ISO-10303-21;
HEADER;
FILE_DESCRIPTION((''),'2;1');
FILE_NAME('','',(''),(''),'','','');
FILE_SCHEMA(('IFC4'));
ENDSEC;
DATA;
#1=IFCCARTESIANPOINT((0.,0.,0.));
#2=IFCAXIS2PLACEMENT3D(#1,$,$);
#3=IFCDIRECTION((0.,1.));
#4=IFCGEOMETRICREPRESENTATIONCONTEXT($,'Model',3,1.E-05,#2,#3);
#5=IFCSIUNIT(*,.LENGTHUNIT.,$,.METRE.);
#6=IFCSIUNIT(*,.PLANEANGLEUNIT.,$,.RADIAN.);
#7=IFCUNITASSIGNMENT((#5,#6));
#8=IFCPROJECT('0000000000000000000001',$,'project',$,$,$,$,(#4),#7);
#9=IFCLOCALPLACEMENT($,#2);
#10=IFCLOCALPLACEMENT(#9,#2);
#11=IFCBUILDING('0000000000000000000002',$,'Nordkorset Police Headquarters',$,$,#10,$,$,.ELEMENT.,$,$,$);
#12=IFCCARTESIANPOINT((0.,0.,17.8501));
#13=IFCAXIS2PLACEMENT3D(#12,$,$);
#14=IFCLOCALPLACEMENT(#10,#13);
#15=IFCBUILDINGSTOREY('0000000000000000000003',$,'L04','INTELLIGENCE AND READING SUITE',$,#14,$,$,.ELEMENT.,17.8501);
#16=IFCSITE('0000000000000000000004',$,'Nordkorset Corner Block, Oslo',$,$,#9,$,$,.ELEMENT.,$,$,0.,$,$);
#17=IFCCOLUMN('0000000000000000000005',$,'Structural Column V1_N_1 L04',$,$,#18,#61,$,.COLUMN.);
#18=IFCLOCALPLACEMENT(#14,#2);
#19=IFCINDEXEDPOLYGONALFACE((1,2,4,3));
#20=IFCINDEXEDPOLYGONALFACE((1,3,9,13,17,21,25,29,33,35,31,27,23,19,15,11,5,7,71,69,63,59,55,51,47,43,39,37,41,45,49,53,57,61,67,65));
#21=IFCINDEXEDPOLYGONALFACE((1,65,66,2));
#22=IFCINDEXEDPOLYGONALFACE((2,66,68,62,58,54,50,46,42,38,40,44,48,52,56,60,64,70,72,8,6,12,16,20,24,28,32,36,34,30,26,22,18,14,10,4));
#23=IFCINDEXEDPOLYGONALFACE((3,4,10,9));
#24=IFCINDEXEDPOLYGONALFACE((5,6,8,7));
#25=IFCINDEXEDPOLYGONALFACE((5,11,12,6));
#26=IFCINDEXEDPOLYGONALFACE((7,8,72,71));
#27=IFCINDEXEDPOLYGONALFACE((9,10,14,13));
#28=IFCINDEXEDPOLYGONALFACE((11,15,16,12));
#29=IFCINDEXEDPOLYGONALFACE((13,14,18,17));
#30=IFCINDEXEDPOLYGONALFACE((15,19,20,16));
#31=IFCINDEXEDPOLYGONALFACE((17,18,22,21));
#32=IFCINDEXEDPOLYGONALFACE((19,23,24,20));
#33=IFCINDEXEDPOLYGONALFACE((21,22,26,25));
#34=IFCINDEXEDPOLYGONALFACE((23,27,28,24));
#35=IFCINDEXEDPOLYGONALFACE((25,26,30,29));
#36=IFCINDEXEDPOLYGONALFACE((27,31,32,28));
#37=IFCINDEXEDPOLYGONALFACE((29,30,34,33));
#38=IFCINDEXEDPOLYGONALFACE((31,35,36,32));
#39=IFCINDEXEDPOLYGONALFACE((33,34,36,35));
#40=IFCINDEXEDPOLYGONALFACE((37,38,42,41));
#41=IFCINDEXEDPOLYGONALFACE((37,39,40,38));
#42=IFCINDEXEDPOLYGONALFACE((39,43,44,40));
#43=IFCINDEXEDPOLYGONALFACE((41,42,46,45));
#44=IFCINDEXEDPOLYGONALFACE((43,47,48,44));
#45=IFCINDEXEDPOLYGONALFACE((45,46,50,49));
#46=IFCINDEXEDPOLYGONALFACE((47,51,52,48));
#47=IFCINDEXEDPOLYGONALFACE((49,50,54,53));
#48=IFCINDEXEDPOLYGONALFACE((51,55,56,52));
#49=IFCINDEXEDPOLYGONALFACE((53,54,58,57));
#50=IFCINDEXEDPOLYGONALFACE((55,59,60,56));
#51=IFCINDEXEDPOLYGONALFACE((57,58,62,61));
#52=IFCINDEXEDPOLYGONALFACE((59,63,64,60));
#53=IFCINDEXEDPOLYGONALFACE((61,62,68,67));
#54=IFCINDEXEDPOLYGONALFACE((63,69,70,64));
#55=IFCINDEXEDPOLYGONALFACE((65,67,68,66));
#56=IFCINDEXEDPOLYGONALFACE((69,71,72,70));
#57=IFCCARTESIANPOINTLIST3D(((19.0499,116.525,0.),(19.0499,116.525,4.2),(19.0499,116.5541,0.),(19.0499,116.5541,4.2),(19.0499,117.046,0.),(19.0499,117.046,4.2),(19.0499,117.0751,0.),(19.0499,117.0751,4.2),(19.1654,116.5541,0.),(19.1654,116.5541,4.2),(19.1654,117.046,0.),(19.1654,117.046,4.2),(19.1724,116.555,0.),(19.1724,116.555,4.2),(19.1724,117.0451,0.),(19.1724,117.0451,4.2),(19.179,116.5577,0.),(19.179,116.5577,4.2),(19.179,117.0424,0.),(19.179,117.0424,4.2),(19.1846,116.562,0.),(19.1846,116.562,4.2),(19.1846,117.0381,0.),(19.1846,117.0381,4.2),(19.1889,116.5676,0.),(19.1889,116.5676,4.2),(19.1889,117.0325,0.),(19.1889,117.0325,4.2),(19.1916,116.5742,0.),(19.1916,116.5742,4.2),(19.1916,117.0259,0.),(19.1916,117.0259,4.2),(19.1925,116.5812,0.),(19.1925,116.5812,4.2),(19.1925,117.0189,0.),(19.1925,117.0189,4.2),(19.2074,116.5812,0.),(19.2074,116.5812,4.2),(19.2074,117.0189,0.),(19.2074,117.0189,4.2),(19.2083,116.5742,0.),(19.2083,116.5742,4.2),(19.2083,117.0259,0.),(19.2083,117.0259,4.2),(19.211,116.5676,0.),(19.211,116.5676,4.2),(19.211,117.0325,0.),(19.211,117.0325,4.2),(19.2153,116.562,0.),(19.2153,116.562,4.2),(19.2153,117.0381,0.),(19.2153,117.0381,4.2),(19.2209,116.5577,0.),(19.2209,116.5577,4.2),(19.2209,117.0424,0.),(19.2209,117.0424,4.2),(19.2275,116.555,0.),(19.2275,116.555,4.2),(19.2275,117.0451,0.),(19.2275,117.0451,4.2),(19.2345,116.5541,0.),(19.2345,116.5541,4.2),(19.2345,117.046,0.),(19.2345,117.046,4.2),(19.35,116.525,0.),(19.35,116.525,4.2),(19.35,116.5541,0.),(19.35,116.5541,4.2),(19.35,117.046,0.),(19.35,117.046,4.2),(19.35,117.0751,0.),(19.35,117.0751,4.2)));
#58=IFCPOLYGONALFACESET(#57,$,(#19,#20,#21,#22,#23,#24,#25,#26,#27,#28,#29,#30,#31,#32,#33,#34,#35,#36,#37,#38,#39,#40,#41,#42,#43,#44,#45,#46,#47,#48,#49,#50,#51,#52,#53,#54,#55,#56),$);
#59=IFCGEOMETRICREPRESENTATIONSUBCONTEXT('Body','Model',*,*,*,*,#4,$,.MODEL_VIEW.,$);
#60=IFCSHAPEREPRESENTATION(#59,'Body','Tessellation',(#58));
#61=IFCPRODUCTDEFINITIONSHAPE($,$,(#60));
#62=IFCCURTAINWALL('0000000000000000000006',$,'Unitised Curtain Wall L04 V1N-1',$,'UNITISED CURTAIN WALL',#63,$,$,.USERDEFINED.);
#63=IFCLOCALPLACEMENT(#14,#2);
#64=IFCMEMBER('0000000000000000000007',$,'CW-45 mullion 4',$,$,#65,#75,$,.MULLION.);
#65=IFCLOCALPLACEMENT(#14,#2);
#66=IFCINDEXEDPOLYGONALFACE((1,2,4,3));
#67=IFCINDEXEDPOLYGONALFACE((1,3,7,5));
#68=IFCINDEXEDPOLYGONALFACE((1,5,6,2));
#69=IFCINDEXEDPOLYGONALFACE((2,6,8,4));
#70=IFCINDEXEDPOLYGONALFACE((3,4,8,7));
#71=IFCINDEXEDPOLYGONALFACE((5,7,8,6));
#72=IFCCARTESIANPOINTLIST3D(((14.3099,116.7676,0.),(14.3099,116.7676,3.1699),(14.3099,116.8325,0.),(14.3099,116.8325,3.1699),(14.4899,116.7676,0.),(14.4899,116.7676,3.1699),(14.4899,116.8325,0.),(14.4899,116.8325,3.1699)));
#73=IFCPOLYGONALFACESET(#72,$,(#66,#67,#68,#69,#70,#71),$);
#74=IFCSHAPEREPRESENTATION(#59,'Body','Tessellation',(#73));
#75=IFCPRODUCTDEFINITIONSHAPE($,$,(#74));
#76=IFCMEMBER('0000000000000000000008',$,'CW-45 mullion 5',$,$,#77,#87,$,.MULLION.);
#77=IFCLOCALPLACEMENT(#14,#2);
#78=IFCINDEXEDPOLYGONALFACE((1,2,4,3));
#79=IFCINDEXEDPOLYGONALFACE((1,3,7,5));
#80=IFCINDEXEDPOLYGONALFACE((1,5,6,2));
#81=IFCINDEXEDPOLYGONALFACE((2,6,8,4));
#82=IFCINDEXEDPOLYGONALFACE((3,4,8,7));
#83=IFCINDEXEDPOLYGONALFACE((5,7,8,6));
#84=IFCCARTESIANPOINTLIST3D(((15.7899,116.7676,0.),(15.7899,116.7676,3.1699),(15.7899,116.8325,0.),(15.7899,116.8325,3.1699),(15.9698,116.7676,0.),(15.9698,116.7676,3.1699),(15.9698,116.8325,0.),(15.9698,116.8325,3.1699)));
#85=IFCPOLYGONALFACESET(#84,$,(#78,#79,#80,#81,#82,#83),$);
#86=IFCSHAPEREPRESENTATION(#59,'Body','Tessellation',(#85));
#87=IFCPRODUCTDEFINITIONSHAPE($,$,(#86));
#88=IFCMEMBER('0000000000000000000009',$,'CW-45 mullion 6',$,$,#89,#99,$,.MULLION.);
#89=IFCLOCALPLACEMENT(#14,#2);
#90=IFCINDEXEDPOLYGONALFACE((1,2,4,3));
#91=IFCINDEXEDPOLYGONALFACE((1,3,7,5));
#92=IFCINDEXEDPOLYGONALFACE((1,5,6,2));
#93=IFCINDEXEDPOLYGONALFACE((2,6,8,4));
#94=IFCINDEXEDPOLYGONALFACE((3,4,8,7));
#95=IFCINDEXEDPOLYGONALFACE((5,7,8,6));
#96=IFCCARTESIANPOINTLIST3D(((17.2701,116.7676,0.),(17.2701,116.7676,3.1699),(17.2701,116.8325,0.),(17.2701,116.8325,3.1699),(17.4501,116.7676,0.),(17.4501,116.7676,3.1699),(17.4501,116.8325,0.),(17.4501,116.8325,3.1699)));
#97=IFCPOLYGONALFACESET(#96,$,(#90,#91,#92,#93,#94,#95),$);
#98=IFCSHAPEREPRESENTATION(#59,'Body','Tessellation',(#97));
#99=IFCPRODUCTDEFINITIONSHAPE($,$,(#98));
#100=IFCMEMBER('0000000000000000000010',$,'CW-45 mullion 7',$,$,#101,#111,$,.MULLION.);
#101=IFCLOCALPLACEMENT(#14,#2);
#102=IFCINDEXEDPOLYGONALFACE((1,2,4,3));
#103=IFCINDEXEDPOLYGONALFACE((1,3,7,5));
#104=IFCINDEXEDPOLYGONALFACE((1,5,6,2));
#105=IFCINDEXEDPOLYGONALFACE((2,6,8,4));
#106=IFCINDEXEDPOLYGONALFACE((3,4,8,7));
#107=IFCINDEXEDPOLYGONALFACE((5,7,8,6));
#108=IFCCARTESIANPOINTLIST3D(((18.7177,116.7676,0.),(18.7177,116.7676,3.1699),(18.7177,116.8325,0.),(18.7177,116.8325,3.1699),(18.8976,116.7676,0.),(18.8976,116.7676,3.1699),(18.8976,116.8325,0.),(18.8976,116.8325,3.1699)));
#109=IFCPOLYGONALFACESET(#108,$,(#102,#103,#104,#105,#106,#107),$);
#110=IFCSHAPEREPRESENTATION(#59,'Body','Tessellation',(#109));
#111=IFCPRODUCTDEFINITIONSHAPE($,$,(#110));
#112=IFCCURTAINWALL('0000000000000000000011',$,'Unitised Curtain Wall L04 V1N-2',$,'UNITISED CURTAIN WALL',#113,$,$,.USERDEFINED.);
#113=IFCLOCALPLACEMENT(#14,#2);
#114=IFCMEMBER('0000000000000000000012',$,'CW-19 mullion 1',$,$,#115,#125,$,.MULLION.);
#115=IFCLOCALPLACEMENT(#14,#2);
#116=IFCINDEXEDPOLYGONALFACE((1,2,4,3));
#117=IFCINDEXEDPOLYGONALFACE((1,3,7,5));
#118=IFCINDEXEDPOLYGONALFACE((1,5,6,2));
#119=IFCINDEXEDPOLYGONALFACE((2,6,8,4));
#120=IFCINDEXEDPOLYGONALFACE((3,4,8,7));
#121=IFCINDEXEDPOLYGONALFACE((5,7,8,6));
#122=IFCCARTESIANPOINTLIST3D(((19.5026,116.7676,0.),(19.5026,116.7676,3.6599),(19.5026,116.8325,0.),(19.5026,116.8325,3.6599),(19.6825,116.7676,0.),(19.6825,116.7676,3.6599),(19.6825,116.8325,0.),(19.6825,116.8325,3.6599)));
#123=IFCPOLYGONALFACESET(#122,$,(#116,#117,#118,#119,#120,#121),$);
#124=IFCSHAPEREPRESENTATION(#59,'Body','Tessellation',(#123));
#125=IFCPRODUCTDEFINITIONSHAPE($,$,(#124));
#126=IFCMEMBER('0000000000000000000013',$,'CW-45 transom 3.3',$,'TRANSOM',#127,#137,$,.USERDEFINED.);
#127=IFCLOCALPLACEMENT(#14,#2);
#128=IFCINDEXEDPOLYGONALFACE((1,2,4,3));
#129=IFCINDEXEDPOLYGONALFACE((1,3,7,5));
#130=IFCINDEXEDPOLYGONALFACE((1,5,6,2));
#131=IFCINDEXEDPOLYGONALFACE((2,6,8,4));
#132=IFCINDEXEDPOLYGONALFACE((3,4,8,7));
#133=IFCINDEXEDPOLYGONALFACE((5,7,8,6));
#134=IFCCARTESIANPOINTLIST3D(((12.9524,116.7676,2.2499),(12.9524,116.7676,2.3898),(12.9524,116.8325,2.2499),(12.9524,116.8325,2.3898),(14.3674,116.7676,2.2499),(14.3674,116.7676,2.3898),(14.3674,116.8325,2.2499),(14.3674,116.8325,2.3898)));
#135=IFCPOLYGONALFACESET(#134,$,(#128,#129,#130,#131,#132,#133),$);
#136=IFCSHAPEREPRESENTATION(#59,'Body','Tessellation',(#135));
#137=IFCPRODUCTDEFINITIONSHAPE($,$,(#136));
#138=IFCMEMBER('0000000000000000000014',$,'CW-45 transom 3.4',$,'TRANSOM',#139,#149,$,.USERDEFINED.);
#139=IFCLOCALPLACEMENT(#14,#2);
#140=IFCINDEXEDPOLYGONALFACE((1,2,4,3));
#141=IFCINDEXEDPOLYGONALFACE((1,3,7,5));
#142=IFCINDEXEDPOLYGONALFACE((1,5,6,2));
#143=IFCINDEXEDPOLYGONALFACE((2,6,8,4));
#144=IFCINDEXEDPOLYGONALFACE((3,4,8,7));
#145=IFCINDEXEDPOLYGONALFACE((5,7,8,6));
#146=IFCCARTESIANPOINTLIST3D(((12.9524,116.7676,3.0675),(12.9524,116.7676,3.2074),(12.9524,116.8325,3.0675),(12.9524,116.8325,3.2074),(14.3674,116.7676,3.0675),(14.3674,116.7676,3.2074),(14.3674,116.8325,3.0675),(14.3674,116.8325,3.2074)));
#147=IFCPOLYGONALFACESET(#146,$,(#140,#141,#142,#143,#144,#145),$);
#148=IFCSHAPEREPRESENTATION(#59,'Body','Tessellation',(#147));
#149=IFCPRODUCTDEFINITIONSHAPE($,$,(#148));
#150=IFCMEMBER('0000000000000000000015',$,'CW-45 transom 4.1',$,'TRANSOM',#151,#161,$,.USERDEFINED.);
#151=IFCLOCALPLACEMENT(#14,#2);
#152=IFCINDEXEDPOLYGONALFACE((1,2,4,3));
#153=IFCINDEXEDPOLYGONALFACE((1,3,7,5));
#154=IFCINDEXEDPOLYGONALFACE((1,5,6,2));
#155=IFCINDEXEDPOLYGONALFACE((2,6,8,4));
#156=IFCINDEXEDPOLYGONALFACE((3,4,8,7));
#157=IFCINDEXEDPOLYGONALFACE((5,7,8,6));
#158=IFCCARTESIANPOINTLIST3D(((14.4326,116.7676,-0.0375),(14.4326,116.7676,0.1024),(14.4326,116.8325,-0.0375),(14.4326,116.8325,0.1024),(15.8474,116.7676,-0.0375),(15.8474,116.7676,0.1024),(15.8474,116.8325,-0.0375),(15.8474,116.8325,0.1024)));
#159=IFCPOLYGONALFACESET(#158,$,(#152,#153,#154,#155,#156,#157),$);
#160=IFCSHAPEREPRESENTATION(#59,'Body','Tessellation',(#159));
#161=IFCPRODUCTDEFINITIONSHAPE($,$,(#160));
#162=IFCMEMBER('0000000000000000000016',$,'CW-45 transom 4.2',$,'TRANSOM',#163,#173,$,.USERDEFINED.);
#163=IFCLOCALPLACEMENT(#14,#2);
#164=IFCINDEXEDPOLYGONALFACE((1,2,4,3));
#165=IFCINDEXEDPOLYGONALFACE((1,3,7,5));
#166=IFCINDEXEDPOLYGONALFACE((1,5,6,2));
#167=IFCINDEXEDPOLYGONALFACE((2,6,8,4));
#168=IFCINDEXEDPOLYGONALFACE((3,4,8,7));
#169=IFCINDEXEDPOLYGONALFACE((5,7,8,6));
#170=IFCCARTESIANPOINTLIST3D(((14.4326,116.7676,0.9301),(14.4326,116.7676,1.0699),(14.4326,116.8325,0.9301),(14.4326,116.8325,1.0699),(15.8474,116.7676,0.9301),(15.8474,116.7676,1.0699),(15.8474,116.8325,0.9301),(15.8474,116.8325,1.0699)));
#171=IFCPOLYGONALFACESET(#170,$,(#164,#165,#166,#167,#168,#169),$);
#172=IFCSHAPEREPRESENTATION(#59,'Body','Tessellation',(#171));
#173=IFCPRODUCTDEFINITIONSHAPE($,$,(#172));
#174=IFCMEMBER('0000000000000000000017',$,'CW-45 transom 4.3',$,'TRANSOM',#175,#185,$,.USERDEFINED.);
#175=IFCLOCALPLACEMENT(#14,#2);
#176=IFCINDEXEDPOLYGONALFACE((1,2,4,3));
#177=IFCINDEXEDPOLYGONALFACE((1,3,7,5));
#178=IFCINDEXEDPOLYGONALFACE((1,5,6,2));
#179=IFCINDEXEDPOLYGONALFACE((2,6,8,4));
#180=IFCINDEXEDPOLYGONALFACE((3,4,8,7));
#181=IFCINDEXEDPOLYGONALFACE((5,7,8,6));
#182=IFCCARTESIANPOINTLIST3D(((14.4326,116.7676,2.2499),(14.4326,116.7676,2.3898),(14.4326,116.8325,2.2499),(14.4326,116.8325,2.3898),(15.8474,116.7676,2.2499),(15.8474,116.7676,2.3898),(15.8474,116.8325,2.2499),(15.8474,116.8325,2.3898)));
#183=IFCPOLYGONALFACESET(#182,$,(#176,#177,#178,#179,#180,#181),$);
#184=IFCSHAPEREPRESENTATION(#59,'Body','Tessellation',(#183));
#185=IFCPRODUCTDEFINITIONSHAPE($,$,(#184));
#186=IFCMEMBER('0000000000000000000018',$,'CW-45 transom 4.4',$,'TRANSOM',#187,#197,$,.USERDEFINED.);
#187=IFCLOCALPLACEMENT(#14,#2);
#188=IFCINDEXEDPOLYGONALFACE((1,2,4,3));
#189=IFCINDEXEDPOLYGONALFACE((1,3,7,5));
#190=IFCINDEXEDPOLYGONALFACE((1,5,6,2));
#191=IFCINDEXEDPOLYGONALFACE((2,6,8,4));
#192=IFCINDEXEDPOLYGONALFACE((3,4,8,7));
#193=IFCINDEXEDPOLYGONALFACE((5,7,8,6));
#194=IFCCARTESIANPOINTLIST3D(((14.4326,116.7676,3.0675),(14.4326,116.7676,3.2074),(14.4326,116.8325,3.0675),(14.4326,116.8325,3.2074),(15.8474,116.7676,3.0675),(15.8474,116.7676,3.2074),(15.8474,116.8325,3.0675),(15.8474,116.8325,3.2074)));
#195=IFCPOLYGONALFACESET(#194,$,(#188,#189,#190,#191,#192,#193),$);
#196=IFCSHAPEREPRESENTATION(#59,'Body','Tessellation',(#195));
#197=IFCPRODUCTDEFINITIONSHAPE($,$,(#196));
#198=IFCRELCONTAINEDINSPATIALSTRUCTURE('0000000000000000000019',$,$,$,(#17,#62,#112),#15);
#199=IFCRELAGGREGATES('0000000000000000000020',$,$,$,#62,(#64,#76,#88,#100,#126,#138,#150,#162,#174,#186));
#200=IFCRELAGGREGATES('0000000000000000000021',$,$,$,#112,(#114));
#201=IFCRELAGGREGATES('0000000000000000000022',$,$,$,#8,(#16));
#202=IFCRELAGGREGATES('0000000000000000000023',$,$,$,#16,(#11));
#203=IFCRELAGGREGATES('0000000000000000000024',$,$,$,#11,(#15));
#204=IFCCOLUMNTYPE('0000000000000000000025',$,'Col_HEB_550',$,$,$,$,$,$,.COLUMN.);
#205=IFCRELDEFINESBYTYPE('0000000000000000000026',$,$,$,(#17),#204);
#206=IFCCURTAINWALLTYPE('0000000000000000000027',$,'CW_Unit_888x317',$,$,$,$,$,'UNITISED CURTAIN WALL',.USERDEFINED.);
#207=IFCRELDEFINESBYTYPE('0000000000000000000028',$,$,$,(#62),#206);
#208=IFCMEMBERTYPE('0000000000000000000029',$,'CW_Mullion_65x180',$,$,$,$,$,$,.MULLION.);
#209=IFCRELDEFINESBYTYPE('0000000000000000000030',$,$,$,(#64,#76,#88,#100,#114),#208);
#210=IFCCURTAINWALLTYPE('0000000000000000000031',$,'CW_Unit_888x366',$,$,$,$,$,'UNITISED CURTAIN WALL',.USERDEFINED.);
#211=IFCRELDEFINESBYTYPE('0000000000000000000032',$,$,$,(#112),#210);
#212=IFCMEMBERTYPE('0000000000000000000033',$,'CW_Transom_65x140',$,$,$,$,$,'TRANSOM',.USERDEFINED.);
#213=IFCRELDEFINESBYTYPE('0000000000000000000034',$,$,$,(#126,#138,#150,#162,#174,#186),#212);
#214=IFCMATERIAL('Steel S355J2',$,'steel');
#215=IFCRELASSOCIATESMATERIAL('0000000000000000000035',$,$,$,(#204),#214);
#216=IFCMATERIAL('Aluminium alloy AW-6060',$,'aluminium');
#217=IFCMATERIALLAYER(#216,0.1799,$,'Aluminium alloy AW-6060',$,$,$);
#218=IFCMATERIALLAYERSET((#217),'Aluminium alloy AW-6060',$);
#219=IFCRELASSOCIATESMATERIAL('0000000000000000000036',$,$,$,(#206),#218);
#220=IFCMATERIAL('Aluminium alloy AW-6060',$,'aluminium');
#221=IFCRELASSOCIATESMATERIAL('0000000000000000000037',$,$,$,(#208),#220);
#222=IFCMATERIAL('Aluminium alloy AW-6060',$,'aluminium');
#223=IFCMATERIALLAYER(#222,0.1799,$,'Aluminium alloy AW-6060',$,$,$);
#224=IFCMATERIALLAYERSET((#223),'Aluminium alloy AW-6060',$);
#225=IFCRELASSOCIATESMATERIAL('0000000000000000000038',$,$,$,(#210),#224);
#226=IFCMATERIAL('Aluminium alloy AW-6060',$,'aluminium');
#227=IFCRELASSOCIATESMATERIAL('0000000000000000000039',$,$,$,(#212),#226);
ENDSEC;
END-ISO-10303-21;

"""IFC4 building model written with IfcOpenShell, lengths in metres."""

from ifc_helpers import new_model, si_unit, direction, frame, origin, origin_2d, place, context, subcontext, project, spatial, rectangle, i_section, extrude, material, layer, layer_set, material_profile, profile_set, type_object, element, aggregate, save


model = new_model("IFC4")

# Units and contexts
model_context = context("Model", 3, precision=1e-05, world=origin(), true_north=direction((0.0, 1.0)))
body_context = subcontext(model_context, "Body", "Model", "MODEL_VIEW")
ifc_project = project(units=[si_unit("LENGTHUNIT", "METRE"), si_unit("PLANEANGLEUNIT", "RADIAN")], contexts=[model_context])

# Site, building, storey
site_placement = place(None, origin())
site = spatial("IfcSite", under=ifc_project, at=site_placement, Name="Nordkorset Corner Block, Oslo", CompositionType="ELEMENT", RefElevation=0.0)
building_placement = place(site_placement, origin())
building = spatial("IfcBuilding", under=site, at=building_placement, Name="Nordkorset Police Headquarters", CompositionType="ELEMENT")
storey_placement = place(building_placement, frame((0.0, 0.0, 17.8501)))
storey = spatial("IfcBuildingStorey", under=building, at=storey_placement, Name="L04", Description="INTELLIGENCE AND READING SUITE", CompositionType="ELEMENT", Elevation=17.8501)

# Column
ifc_material_1 = material(Name="Steel S355J2", Category="steel")
ifc_material_profile_1 = material_profile(ifc_material_1, i_section(OverallWidth=0.3, OverallDepth=0.55, WebThickness=0.0149, FlangeThickness=0.0291, FilletRadius=0.0271, at=origin_2d()), Name="HEB 550")
ifc_profile_set_1 = profile_set([ifc_material_profile_1], Name="Steel S355J2")
column_type = type_object("IfcColumnType", Name="Col_HEB_550", PredefinedType="COLUMN", material=ifc_profile_set_1)
column_placement = place(storey_placement, frame((19.2, 116.8, 0.0), z_axis=(0.0, 0.0, 1.0), x_axis=(1.0, 0.0, 0.0)))
element("IfcColumn", 1, at=column_placement, inside=storey, type_object=column_type, Name="Structural Column V1_N_1 L04", PredefinedType="COLUMN", context=body_context, shape_type="SweptSolid", body=[
    extrude(i_section(OverallWidth=0.3, OverallDepth=0.55, WebThickness=0.0149, FlangeThickness=0.0291, FilletRadius=0.0271, at=origin_2d()), origin(), (0.0, 0.0, 1.0), 4.2),
])

# Curtain wall, members
ifc_material_2 = material(Name="Aluminium alloy AW-6060", Category="aluminium")
ifc_layer_1 = layer(ifc_material_2, 0.1799, Name="Aluminium alloy AW-6060")
ifc_layer_set_1 = layer_set([ifc_layer_1], Name="Aluminium alloy AW-6060")
curtain_wall_type_1 = type_object("IfcCurtainWallType", Name="CW_Unit_888x317", ElementType="UNITISED CURTAIN WALL", PredefinedType="USERDEFINED", material=ifc_layer_set_1)
curtain_wall_1_placement = place(storey_placement, origin())
curtain_wall_1 = element("IfcCurtainWall", 2, at=curtain_wall_1_placement, inside=storey, type_object=curtain_wall_type_1, Name="Unitised Curtain Wall L04 V1N-1", ObjectType="UNITISED CURTAIN WALL", PredefinedType="USERDEFINED")
ifc_material_3 = material(Name="Aluminium alloy AW-6060", Category="aluminium")
ifc_material_profile_2 = material_profile(ifc_material_3, rectangle(XDim=0.0649, YDim=0.1799, at=origin_2d()), Name="ALU MULL 65x180")
ifc_profile_set_2 = profile_set([ifc_material_profile_2], Name="Aluminium alloy AW-6060")
member_type_1 = type_object("IfcMemberType", Name="CW_Mullion_65x180", PredefinedType="MULLION", material=ifc_profile_set_2)
member_1_placement = place(storey_placement, frame((14.3999, 116.8, 0.0), z_axis=(0.0, 0.0, 1.0), x_axis=(0.0, 1.0, 0.0)))
member_1 = element("IfcMember", 3, at=member_1_placement, type_object=member_type_1, Name="CW-45 mullion 4", PredefinedType="MULLION", context=body_context, shape_type="SweptSolid", body=[
    extrude(rectangle(XDim=0.0649, YDim=0.1799, at=origin_2d()), origin(), (0.0, 0.0, 1.0), 3.1699),
])
member_2_placement = place(storey_placement, frame((15.8799, 116.8, 0.0), z_axis=(0.0, 0.0, 1.0), x_axis=(0.0, 1.0, 0.0)))
member_2 = element("IfcMember", 4, at=member_2_placement, type_object=member_type_1, Name="CW-45 mullion 5", PredefinedType="MULLION", context=body_context, shape_type="SweptSolid", body=[
    extrude(rectangle(XDim=0.0649, YDim=0.1799, at=origin_2d()), origin(), (0.0, 0.0, 1.0), 3.1699),
])
member_3_placement = place(storey_placement, frame((17.3601, 116.8, 0.0), z_axis=(0.0, 0.0, 1.0), x_axis=(0.0, 1.0, 0.0)))
member_3 = element("IfcMember", 5, at=member_3_placement, type_object=member_type_1, Name="CW-45 mullion 6", PredefinedType="MULLION", context=body_context, shape_type="SweptSolid", body=[
    extrude(rectangle(XDim=0.0649, YDim=0.1799, at=origin_2d()), origin(), (0.0, 0.0, 1.0), 3.1699),
])
member_4_placement = place(storey_placement, frame((18.8076, 116.8, 0.0), z_axis=(0.0, 0.0, 1.0), x_axis=(0.0, 1.0, 0.0)))
member_4 = element("IfcMember", 6, at=member_4_placement, type_object=member_type_1, Name="CW-45 mullion 7", PredefinedType="MULLION", context=body_context, shape_type="SweptSolid", body=[
    extrude(rectangle(XDim=0.0649, YDim=0.1799, at=origin_2d()), origin(), (0.0, 0.0, 1.0), 3.1699),
])

# Curtain wall, member
ifc_material_4 = material(Name="Aluminium alloy AW-6060", Category="aluminium")
ifc_layer_2 = layer(ifc_material_4, 0.1799, Name="Aluminium alloy AW-6060")
ifc_layer_set_2 = layer_set([ifc_layer_2], Name="Aluminium alloy AW-6060")
curtain_wall_type_2 = type_object("IfcCurtainWallType", Name="CW_Unit_888x366", ElementType="UNITISED CURTAIN WALL", PredefinedType="USERDEFINED", material=ifc_layer_set_2)
curtain_wall_2_placement = place(storey_placement, origin())
curtain_wall_2 = element("IfcCurtainWall", 7, at=curtain_wall_2_placement, inside=storey, type_object=curtain_wall_type_2, Name="Unitised Curtain Wall L04 V1N-2", ObjectType="UNITISED CURTAIN WALL", PredefinedType="USERDEFINED")
member_5_placement = place(storey_placement, frame((19.5925, 116.8, 0.0), z_axis=(0.0, 0.0, 1.0), x_axis=(0.0, 1.0, 0.0)))
member_5 = element("IfcMember", 8, at=member_5_placement, type_object=member_type_1, Name="CW-19 mullion 1", PredefinedType="MULLION", context=body_context, shape_type="SweptSolid", body=[
    extrude(rectangle(XDim=0.0649, YDim=0.1799, at=origin_2d()), origin(), (0.0, 0.0, 1.0), 3.6599),
])

# Members
ifc_material_5 = material(Name="Aluminium alloy AW-6060", Category="aluminium")
ifc_material_profile_3 = material_profile(ifc_material_5, rectangle(XDim=0.0649, YDim=0.1399, at=origin_2d()), Name="ALU TRAN 65x140")
ifc_profile_set_3 = profile_set([ifc_material_profile_3], Name="Aluminium alloy AW-6060")
member_type_2 = type_object("IfcMemberType", Name="CW_Transom_65x140", ElementType="TRANSOM", PredefinedType="USERDEFINED", material=ifc_profile_set_3)
member_6_placement = place(storey_placement, frame((12.9524, 116.8, 2.3198), z_axis=(1.0, 0.0, 0.0), x_axis=(0.0, 1.0, 0.0)))
member_6 = element("IfcMember", 9, at=member_6_placement, type_object=member_type_2, Name="CW-45 transom 3.3", ObjectType="TRANSOM", PredefinedType="USERDEFINED", context=body_context, shape_type="SweptSolid", body=[
    extrude(rectangle(XDim=0.0649, YDim=0.1399, at=origin_2d()), origin(), (0.0, 0.0, 1.0), 1.415),
])
member_7_placement = place(storey_placement, frame((12.9524, 116.8, 3.1375), z_axis=(1.0, 0.0, 0.0), x_axis=(0.0, 1.0, 0.0)))
member_7 = element("IfcMember", 10, at=member_7_placement, type_object=member_type_2, Name="CW-45 transom 3.4", ObjectType="TRANSOM", PredefinedType="USERDEFINED", context=body_context, shape_type="SweptSolid", body=[
    extrude(rectangle(XDim=0.0649, YDim=0.1399, at=origin_2d()), origin(), (0.0, 0.0, 1.0), 1.415),
])
member_8_placement = place(storey_placement, frame((14.4326, 116.8, 0.0325), z_axis=(1.0, 0.0, 0.0), x_axis=(0.0, 1.0, 0.0)))
member_8 = element("IfcMember", 11, at=member_8_placement, type_object=member_type_2, Name="CW-45 transom 4.1", ObjectType="TRANSOM", PredefinedType="USERDEFINED", context=body_context, shape_type="SweptSolid", body=[
    extrude(rectangle(XDim=0.0649, YDim=0.1399, at=origin_2d()), origin(), (0.0, 0.0, 1.0), 1.4148),
])
member_9_placement = place(storey_placement, frame((14.4326, 116.8, 1.0), z_axis=(1.0, 0.0, 0.0), x_axis=(0.0, 1.0, 0.0)))
member_9 = element("IfcMember", 12, at=member_9_placement, type_object=member_type_2, Name="CW-45 transom 4.2", ObjectType="TRANSOM", PredefinedType="USERDEFINED", context=body_context, shape_type="SweptSolid", body=[
    extrude(rectangle(XDim=0.0649, YDim=0.1399, at=origin_2d()), origin(), (0.0, 0.0, 1.0), 1.4148),
])
member_10_placement = place(storey_placement, frame((14.4326, 116.8, 2.3198), z_axis=(1.0, 0.0, 0.0), x_axis=(0.0, 1.0, 0.0)))
member_10 = element("IfcMember", 13, at=member_10_placement, type_object=member_type_2, Name="CW-45 transom 4.3", ObjectType="TRANSOM", PredefinedType="USERDEFINED", context=body_context, shape_type="SweptSolid", body=[
    extrude(rectangle(XDim=0.0649, YDim=0.1399, at=origin_2d()), origin(), (0.0, 0.0, 1.0), 1.4148),
])
member_11_placement = place(storey_placement, frame((14.4326, 116.8, 3.1375), z_axis=(1.0, 0.0, 0.0), x_axis=(0.0, 1.0, 0.0)))
member_11 = element("IfcMember", 14, at=member_11_placement, type_object=member_type_2, Name="CW-45 transom 4.4", ObjectType="TRANSOM", PredefinedType="USERDEFINED", context=body_context, shape_type="SweptSolid", body=[
    extrude(rectangle(XDim=0.0649, YDim=0.1399, at=origin_2d()), origin(), (0.0, 0.0, 1.0), 1.4148),
])

aggregate(curtain_wall_1, [member_1, member_2, member_3, member_4, member_6, member_7, member_8, member_9, member_10, member_11])
aggregate(curtain_wall_2, [member_5])

save(model, "model.ifc")
